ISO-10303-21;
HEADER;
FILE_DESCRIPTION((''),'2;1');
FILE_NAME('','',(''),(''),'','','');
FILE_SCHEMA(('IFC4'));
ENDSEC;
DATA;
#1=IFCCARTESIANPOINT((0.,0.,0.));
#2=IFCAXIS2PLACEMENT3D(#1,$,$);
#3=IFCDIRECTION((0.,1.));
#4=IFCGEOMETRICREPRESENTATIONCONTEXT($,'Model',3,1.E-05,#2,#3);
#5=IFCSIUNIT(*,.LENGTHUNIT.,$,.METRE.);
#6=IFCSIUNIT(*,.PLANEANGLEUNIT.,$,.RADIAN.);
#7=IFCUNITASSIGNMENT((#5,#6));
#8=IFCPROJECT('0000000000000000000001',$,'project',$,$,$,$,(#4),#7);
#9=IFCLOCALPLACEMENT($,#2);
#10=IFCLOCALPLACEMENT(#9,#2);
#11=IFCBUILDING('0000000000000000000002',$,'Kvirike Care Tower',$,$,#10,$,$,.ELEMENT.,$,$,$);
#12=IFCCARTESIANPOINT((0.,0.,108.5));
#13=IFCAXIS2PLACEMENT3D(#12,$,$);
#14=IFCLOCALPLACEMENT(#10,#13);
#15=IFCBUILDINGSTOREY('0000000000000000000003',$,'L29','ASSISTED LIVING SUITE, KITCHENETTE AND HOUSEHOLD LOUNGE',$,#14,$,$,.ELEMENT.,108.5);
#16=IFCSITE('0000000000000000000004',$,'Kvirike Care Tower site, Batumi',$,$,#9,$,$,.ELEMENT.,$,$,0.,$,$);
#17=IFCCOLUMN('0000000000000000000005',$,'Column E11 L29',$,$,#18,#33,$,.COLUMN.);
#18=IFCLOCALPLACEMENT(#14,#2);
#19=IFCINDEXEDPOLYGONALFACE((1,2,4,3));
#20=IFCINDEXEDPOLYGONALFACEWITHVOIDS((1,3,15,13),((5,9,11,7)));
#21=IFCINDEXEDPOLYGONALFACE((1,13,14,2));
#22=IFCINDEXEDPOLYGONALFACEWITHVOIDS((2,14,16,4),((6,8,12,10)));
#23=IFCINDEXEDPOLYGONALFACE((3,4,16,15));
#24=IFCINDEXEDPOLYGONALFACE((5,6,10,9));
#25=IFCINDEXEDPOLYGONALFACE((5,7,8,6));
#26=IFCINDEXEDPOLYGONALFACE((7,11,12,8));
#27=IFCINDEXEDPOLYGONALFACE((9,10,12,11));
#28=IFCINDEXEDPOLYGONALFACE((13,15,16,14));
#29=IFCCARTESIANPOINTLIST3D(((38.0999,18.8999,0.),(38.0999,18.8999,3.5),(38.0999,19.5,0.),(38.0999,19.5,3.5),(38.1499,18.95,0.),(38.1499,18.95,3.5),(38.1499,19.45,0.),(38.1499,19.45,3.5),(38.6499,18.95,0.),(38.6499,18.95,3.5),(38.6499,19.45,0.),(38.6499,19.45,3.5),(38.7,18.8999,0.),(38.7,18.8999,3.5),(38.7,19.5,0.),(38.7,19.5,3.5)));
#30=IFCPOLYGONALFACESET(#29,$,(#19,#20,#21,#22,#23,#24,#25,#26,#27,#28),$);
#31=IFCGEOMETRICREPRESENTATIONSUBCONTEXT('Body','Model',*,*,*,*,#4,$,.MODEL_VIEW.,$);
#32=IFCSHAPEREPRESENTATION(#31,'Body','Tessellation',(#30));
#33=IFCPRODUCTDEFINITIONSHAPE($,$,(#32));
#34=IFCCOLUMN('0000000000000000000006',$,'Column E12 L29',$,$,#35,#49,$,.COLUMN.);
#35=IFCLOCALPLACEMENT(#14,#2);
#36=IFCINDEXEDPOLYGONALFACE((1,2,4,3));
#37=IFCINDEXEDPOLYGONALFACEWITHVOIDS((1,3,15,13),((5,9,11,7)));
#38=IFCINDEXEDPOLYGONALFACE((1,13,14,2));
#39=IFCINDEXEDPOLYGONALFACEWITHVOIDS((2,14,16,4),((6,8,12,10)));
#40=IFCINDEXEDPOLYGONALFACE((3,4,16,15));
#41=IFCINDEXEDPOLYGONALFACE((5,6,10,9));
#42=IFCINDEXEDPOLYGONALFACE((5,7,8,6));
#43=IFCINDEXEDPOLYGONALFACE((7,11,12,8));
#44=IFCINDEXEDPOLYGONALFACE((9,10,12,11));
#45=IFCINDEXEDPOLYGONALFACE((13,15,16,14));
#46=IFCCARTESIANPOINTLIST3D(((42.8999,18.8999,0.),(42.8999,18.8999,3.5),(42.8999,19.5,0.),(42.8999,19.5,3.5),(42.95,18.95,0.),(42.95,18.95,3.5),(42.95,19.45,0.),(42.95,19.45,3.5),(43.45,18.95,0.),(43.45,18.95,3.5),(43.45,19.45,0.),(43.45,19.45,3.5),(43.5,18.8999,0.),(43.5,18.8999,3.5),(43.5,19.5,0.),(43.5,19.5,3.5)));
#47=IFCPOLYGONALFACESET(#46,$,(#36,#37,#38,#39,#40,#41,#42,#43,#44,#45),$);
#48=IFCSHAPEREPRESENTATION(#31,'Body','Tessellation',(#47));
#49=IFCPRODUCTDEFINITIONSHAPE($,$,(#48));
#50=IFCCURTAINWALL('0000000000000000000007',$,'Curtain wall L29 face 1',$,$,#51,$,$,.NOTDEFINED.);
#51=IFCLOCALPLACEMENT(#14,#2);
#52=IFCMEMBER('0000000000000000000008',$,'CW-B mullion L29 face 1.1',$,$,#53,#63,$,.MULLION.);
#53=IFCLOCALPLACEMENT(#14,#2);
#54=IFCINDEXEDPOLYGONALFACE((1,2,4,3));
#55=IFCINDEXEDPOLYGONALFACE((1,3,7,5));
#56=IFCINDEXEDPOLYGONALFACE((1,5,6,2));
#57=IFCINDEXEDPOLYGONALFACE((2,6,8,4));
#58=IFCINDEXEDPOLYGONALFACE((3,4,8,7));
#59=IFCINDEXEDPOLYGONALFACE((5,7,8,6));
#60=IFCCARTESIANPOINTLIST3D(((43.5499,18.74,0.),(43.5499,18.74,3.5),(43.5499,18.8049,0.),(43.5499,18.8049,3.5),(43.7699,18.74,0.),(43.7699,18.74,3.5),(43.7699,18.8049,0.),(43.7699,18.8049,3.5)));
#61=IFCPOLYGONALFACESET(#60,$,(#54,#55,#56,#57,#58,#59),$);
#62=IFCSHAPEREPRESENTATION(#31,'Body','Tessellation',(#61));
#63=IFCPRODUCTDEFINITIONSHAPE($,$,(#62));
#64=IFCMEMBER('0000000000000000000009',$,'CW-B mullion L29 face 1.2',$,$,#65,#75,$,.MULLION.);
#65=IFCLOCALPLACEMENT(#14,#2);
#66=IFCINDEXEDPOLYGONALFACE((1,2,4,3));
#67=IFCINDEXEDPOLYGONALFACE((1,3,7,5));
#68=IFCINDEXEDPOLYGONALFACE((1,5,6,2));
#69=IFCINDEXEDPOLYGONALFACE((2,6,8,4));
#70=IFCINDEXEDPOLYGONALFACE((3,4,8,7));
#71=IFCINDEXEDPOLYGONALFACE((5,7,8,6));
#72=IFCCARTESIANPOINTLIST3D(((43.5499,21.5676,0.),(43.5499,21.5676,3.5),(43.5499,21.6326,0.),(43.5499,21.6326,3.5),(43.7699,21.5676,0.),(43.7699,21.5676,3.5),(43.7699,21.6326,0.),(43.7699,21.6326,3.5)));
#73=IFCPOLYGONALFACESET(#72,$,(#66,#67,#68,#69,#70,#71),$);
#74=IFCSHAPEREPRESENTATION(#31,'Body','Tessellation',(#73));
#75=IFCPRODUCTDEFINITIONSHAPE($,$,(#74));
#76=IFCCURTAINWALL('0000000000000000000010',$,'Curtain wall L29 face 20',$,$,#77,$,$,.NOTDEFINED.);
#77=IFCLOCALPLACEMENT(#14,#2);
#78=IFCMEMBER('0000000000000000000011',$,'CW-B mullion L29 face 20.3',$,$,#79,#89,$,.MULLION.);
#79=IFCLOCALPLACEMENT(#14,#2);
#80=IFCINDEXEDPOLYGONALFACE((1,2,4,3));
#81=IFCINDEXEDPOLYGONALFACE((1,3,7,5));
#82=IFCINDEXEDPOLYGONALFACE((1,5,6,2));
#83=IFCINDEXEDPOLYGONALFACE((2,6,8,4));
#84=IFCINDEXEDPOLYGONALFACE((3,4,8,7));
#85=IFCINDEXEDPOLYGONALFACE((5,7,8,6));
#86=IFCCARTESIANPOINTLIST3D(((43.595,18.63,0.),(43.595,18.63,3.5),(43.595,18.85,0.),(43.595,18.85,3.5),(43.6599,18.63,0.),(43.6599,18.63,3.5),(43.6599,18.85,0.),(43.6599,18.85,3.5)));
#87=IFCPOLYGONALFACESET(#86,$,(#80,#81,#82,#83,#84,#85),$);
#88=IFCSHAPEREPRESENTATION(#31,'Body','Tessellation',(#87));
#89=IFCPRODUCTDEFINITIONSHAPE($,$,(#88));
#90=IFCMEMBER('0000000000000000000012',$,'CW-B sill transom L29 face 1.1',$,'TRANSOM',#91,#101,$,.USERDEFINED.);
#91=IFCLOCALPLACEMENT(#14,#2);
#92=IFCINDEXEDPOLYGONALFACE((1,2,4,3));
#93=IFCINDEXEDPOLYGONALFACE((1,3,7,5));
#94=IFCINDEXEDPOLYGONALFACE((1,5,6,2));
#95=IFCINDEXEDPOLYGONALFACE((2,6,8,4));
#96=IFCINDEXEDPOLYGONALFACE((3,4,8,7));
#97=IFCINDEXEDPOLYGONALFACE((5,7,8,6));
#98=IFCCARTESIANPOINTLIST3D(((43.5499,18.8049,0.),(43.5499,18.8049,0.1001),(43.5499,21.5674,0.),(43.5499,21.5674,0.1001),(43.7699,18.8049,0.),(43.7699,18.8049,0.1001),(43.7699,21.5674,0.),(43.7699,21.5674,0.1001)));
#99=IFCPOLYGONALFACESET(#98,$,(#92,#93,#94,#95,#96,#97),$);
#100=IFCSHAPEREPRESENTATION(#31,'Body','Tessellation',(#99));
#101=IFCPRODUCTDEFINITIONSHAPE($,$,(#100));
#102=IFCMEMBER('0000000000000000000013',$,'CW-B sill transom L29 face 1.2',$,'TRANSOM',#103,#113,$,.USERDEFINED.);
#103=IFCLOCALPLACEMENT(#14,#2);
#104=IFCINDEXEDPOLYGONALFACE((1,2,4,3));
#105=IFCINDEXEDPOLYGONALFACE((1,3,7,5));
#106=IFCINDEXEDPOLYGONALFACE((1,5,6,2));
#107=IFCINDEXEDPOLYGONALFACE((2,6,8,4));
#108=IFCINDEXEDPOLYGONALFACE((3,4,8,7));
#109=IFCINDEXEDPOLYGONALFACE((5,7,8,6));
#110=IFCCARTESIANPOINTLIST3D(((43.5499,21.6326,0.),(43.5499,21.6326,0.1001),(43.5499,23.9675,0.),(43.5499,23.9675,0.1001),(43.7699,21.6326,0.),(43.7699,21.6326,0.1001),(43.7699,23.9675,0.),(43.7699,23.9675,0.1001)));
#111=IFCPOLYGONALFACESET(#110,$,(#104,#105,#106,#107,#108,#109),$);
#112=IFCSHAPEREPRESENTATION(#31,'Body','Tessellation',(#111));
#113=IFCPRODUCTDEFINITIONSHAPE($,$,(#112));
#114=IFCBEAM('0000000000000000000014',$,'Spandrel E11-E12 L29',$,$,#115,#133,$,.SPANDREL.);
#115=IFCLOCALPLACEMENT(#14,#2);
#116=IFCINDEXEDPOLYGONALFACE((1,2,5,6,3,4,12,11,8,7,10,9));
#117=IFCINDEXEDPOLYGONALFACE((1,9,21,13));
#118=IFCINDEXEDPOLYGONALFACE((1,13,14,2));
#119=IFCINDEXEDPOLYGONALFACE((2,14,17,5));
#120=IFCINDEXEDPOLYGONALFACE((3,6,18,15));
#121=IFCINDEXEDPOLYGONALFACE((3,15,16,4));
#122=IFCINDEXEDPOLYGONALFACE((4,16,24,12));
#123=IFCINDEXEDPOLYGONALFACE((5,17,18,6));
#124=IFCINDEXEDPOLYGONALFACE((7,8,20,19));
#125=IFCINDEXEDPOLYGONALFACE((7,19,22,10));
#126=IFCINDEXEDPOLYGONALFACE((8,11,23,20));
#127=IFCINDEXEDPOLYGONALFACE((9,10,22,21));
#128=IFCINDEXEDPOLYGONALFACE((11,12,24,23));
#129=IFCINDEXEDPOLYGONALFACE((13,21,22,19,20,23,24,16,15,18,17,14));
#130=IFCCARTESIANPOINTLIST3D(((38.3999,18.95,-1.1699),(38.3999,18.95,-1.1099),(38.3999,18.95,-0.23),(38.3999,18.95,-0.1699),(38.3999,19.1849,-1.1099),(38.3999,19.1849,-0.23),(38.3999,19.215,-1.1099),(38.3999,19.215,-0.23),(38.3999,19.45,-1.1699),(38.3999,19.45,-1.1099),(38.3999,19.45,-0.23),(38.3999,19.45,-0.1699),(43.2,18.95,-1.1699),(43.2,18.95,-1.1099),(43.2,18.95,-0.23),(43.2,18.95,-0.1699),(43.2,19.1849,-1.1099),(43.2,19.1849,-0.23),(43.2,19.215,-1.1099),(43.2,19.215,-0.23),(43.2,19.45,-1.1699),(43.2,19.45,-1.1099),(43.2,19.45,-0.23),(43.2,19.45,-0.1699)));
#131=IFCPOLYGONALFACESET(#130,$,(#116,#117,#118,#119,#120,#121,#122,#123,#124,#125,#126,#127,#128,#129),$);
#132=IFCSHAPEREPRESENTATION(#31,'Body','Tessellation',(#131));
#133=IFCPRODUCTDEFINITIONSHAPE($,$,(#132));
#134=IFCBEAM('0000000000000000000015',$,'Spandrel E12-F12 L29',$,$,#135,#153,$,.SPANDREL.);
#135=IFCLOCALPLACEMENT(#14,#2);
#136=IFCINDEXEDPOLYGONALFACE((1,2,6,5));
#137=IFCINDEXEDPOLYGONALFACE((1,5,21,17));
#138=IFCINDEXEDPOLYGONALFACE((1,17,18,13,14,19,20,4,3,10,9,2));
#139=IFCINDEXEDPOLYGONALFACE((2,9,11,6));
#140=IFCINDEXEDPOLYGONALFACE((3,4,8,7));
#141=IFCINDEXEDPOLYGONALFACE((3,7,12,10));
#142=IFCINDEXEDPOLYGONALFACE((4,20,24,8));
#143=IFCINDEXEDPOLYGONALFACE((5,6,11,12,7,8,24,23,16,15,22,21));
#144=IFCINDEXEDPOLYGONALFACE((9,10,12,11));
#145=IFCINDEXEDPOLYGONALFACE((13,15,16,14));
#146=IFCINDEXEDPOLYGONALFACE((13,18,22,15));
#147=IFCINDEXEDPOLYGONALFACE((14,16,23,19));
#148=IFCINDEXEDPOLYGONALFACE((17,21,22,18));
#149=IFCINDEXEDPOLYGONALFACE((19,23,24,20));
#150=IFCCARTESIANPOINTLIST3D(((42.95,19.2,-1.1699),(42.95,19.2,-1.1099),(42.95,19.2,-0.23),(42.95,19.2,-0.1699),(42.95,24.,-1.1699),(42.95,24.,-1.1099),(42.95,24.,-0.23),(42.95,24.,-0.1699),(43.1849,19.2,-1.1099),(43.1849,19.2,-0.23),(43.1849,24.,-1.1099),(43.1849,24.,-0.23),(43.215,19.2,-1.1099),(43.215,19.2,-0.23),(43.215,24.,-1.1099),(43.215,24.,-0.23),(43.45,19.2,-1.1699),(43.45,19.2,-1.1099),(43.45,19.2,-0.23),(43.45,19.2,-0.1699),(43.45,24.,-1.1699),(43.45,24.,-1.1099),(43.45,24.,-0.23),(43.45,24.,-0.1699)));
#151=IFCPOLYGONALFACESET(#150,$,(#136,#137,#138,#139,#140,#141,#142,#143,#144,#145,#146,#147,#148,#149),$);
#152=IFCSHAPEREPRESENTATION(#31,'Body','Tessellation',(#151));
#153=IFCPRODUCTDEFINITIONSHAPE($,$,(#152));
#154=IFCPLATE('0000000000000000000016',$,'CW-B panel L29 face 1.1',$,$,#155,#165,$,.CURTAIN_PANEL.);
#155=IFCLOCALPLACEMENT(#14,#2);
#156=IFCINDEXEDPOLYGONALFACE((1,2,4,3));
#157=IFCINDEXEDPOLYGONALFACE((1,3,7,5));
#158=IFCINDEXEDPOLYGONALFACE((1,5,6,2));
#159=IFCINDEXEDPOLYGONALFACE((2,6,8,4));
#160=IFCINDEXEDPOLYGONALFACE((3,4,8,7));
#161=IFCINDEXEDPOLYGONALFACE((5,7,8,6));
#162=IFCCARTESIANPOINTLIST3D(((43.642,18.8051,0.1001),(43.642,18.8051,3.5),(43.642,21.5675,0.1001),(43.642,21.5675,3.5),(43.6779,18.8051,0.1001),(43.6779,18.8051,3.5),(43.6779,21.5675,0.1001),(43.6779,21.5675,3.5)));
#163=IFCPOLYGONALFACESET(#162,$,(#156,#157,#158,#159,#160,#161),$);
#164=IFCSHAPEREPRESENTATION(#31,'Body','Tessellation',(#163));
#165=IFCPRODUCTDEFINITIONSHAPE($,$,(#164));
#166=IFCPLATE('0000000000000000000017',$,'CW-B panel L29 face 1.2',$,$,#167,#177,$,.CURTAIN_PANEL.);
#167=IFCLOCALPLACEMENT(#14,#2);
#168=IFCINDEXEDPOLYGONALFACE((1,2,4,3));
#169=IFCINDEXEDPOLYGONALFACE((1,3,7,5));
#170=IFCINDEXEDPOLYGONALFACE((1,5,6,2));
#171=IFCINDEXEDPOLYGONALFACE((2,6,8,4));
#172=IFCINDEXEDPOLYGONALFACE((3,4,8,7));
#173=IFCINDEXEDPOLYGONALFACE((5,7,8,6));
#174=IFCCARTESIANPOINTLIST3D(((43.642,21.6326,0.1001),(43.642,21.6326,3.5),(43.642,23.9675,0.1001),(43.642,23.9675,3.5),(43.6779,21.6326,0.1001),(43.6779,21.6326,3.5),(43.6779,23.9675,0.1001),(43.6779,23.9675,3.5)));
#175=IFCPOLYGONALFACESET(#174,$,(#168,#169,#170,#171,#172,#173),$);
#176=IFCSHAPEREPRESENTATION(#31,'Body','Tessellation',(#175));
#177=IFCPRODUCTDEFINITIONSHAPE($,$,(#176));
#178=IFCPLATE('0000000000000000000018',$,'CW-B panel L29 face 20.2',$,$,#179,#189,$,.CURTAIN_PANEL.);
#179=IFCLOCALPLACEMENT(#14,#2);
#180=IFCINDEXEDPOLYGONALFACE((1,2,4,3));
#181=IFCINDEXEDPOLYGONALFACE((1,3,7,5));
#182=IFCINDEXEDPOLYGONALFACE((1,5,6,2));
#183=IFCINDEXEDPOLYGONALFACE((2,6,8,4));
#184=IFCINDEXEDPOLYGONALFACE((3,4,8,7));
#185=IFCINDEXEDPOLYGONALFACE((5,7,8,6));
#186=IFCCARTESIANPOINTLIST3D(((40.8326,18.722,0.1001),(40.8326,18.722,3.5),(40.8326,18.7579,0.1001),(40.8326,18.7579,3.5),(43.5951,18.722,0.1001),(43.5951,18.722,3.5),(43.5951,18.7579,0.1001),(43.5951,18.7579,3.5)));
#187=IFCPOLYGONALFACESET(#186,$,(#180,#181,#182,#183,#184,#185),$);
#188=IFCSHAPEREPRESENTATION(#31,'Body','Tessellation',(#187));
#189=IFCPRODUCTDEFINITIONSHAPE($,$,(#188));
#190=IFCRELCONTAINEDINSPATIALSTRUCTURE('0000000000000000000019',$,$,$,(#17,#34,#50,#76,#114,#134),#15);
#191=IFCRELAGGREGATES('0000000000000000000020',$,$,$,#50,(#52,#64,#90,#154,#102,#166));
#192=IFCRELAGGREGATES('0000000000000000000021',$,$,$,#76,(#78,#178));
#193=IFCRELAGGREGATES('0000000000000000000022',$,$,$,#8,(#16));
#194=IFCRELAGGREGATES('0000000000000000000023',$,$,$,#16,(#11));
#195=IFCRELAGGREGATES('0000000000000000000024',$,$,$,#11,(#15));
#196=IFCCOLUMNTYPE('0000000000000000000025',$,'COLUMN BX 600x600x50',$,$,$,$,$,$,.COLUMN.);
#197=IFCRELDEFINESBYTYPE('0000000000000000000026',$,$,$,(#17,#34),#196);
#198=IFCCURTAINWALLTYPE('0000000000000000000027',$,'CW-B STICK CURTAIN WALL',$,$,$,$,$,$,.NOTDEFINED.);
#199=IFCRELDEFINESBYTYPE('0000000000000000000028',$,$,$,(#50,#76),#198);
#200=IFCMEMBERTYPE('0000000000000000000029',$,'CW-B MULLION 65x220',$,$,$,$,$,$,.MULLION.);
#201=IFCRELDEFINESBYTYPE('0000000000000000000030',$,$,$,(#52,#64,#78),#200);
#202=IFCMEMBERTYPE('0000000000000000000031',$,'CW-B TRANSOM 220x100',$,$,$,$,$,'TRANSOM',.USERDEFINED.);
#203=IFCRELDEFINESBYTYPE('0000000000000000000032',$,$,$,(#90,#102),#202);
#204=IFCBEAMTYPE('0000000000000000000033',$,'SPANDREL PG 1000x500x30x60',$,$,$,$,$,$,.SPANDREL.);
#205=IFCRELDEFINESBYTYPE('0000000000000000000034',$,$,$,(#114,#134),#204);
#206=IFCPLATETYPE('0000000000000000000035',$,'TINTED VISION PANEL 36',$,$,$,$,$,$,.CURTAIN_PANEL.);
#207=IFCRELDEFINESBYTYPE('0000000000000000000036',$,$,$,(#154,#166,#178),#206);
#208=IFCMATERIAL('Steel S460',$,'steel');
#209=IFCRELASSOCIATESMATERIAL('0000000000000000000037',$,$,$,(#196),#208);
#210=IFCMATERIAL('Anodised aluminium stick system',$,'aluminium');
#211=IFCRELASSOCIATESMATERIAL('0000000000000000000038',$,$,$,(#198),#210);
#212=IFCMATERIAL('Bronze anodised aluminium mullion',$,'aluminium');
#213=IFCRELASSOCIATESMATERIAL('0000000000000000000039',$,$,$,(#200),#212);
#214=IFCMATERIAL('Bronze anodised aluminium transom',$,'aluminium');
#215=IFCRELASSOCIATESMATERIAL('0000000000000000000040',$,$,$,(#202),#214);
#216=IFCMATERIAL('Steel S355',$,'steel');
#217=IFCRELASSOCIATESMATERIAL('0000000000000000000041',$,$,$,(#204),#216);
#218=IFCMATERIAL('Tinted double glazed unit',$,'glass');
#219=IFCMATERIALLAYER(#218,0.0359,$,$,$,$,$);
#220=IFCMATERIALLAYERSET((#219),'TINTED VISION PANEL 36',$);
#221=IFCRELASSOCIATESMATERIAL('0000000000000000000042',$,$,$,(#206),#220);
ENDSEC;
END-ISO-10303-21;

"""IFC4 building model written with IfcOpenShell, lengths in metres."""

from ifc_helpers import new_model, si_unit, direction, frame, origin, origin_2d, place, context, subcontext, project, spatial, rectangle, hollow_rectangle, i_section, extrude, material, layer, layer_set, material_profile, profile_set, type_object, element, aggregate, save


model = new_model("IFC4")

# Units and contexts
model_context = context("Model", 3, precision=1e-05, world=origin(), true_north=direction((0.0, 1.0)))
body_context = subcontext(model_context, "Body", "Model", "MODEL_VIEW")
ifc_project = project(units=[si_unit("LENGTHUNIT", "METRE"), si_unit("PLANEANGLEUNIT", "RADIAN")], contexts=[model_context])

# Site, building, storey
site_placement = place(None, origin())
site = spatial("IfcSite", under=ifc_project, at=site_placement, Name="Kvirike Care Tower site, Batumi", CompositionType="ELEMENT", RefElevation=0.0)
building_placement = place(site_placement, origin())
building = spatial("IfcBuilding", under=site, at=building_placement, Name="Kvirike Care Tower", CompositionType="ELEMENT")
storey_placement = place(building_placement, frame((0.0, 0.0, 108.5)))
storey = spatial("IfcBuildingStorey", under=building, at=storey_placement, Name="L29", Description="ASSISTED LIVING SUITE, KITCHENETTE AND HOUSEHOLD LOUNGE", CompositionType="ELEMENT", Elevation=108.5)

# Columns
ifc_material_1 = material(Name="Steel S460", Category="steel")
ifc_material_profile_1 = material_profile(ifc_material_1, hollow_rectangle(XDim=0.6001, YDim=0.6001, WallThickness=0.05, at=origin_2d()), Name="BX 600x600x50")
ifc_profile_set_1 = profile_set([ifc_material_profile_1], Name="Steel S460")
column_type = type_object("IfcColumnType", Name="COLUMN BX 600x600x50", PredefinedType="COLUMN", material=ifc_profile_set_1)
for number, where, z_axis, x_axis, name in (
    (1, (38.3999, 19.2, 0.0), (0.0, 0.0, 1.0), (0.0, 1.0, 0.0), "Column E11 L29"),
    (2, (43.2, 19.2, 0.0), (0.0, 0.0, 1.0), (0.0, 1.0, 0.0), "Column E12 L29"),
):
    element("IfcColumn", number, at=place(storey_placement, frame(where, z_axis=z_axis, x_axis=x_axis)), inside=storey, type_object=column_type, Name=name, PredefinedType="COLUMN", context=body_context, shape_type="SweptSolid", body=[
        extrude(hollow_rectangle(XDim=0.6001, YDim=0.6001, WallThickness=0.05, at=origin_2d()), origin(), (0.0, 0.0, 1.0), 3.5),
    ])

# Curtain wall, members
ifc_material_2 = material(Name="Anodised aluminium stick system", Category="aluminium")
curtain_wall_type = type_object("IfcCurtainWallType", Name="CW-B STICK CURTAIN WALL", PredefinedType="NOTDEFINED", material=ifc_material_2)
curtain_wall_1_placement = place(storey_placement, origin())
curtain_wall_1 = element("IfcCurtainWall", 3, at=curtain_wall_1_placement, inside=storey, type_object=curtain_wall_type, Name="Curtain wall L29 face 1", PredefinedType="NOTDEFINED")
ifc_material_3 = material(Name="Bronze anodised aluminium mullion", Category="aluminium")
ifc_material_profile_2 = material_profile(ifc_material_3, rectangle(XDim=0.0649, YDim=0.22, at=origin_2d()), Name="CW-B MULLION 65x220")
ifc_profile_set_2 = profile_set([ifc_material_profile_2], Name="Bronze anodised aluminium mullion")
member_type_1 = type_object("IfcMemberType", Name="CW-B MULLION 65x220", PredefinedType="MULLION", material=ifc_profile_set_2)
member_1_placement = place(storey_placement, frame((43.6599, 18.7725, 0.0), z_axis=(0.0, 0.0, 1.0), x_axis=(0.0, 1.0, 0.0)))
member_1 = element("IfcMember", 4, at=member_1_placement, type_object=member_type_1, Name="CW-B mullion L29 face 1.1", PredefinedType="MULLION", context=body_context, shape_type="SweptSolid", body=[
    extrude(rectangle(XDim=0.0649, YDim=0.22, at=origin_2d()), origin(), (0.0, 0.0, 1.0), 3.5),
])
member_2_placement = place(storey_placement, frame((43.6599, 21.6001, 0.0), z_axis=(0.0, 0.0, 1.0), x_axis=(0.0, 1.0, 0.0)))
member_2 = element("IfcMember", 5, at=member_2_placement, type_object=member_type_1, Name="CW-B mullion L29 face 1.2", PredefinedType="MULLION", context=body_context, shape_type="SweptSolid", body=[
    extrude(rectangle(XDim=0.0649, YDim=0.22, at=origin_2d()), origin(), (0.0, 0.0, 1.0), 3.5),
])

# Curtain wall, member
curtain_wall_2_placement = place(storey_placement, origin())
curtain_wall_2 = element("IfcCurtainWall", 6, at=curtain_wall_2_placement, inside=storey, type_object=curtain_wall_type, Name="Curtain wall L29 face 20", PredefinedType="NOTDEFINED")
member_3_placement = place(storey_placement, frame((43.6274, 18.74, 0.0), z_axis=(0.0, 0.0, 1.0), x_axis=(1.0, 0.0, 0.0)))
member_3 = element("IfcMember", 7, at=member_3_placement, type_object=member_type_1, Name="CW-B mullion L29 face 20.3", PredefinedType="MULLION", context=body_context, shape_type="SweptSolid", body=[
    extrude(rectangle(XDim=0.0649, YDim=0.22, at=origin_2d()), origin(), (0.0, 0.0, 1.0), 3.5),
])

# Members
ifc_material_4 = material(Name="Bronze anodised aluminium transom", Category="aluminium")
ifc_material_profile_3 = material_profile(ifc_material_4, rectangle(XDim=0.22, YDim=0.1001, at=origin_2d()), Name="CW-B TRANSOM 220x100")
ifc_profile_set_3 = profile_set([ifc_material_profile_3], Name="Bronze anodised aluminium transom")
member_type_2 = type_object("IfcMemberType", Name="CW-B TRANSOM 220x100", ElementType="TRANSOM", PredefinedType="USERDEFINED", material=ifc_profile_set_3)
member_4_placement = place(storey_placement, frame((43.6599, 18.8049, 0.05), z_axis=(0.0, 1.0, 0.0), x_axis=(-1.0, 0.0, 0.0)))
member_4 = element("IfcMember", 8, at=member_4_placement, type_object=member_type_2, Name="CW-B sill transom L29 face 1.1", ObjectType="TRANSOM", PredefinedType="USERDEFINED", context=body_context, shape_type="SweptSolid", body=[
    extrude(rectangle(XDim=0.22, YDim=0.1001, at=origin_2d()), origin(), (0.0, 0.0, 1.0), 2.7625),
])
member_5_placement = place(storey_placement, frame((43.6599, 21.6326, 0.05), z_axis=(0.0, 1.0, 0.0), x_axis=(-1.0, 0.0, 0.0)))
member_5 = element("IfcMember", 9, at=member_5_placement, type_object=member_type_2, Name="CW-B sill transom L29 face 1.2", ObjectType="TRANSOM", PredefinedType="USERDEFINED", context=body_context, shape_type="SweptSolid", body=[
    extrude(rectangle(XDim=0.22, YDim=0.1001, at=origin_2d()), origin(), (0.0, 0.0, 1.0), 2.335),
])

# Beams
ifc_material_5 = material(Name="Steel S355", Category="steel")
ifc_material_profile_4 = material_profile(ifc_material_5, i_section(OverallWidth=0.5, OverallDepth=1.0, WebThickness=0.03, FlangeThickness=0.0601, at=origin_2d()), Name="PG 1000x500x30x60")
ifc_profile_set_4 = profile_set([ifc_material_profile_4], Name="Steel S355")
beam_type = type_object("IfcBeamType", Name="SPANDREL PG 1000x500x30x60", PredefinedType="SPANDREL", material=ifc_profile_set_4)
for number, where, z_axis, x_axis, name in (
    (10, (38.3999, 19.2, -0.6699), (1.0, 0.0, 0.0), (0.0, 1.0, 0.0), "Spandrel E11-E12 L29"),
    (11, (43.2, 19.2, -0.6699), (0.0, 1.0, 0.0), (-1.0, 0.0, 0.0), "Spandrel E12-F12 L29"),
):
    element("IfcBeam", number, at=place(storey_placement, frame(where, z_axis=z_axis, x_axis=x_axis)), inside=storey, type_object=beam_type, Name=name, PredefinedType="SPANDREL", context=body_context, shape_type="SweptSolid", body=[
        extrude(i_section(OverallWidth=0.5, OverallDepth=1.0, WebThickness=0.03, FlangeThickness=0.0601, at=origin_2d()), origin(), (0.0, 0.0, 1.0), 4.8),
    ])

# Plates
ifc_material_6 = material(Name="Tinted double glazed unit", Category="glass")
ifc_layer_1 = layer(ifc_material_6, 0.0359)
ifc_layer_set_1 = layer_set([ifc_layer_1], Name="TINTED VISION PANEL 36")
plate_type = type_object("IfcPlateType", Name="TINTED VISION PANEL 36", PredefinedType="CURTAIN_PANEL", material=ifc_layer_set_1)
plate_1_placement = place(storey_placement, frame((43.6599, 20.1863, 0.1001), z_axis=(0.0, 0.0, 1.0), x_axis=(0.0, 1.0, 0.0)))
plate_1 = element("IfcPlate", 12, at=plate_1_placement, type_object=plate_type, Name="CW-B panel L29 face 1.1", PredefinedType="CURTAIN_PANEL", context=body_context, shape_type="SweptSolid", body=[
    extrude(rectangle(XDim=2.7625, YDim=0.0359, at=origin_2d()), origin(), (0.0, 0.0, 1.0), 3.3999),
])
plate_2_placement = place(storey_placement, frame((43.6599, 22.8, 0.1001), z_axis=(0.0, 0.0, 1.0), x_axis=(0.0, 1.0, 0.0)))
plate_2 = element("IfcPlate", 13, at=plate_2_placement, type_object=plate_type, Name="CW-B panel L29 face 1.2", PredefinedType="CURTAIN_PANEL", context=body_context, shape_type="SweptSolid", body=[
    extrude(rectangle(XDim=2.335, YDim=0.0359, at=origin_2d()), origin(), (0.0, 0.0, 1.0), 3.3999),
])
aggregate(curtain_wall_1, [member_1, member_2, member_4, plate_1, member_5, plate_2])
plate_3_placement = place(storey_placement, frame((42.2139, 18.74, 0.1001), z_axis=(0.0, 0.0, 1.0), x_axis=(1.0, 0.0, 0.0)))
plate_3 = element("IfcPlate", 14, at=plate_3_placement, type_object=plate_type, Name="CW-B panel L29 face 20.2", PredefinedType="CURTAIN_PANEL", context=body_context, shape_type="SweptSolid", body=[
    extrude(rectangle(XDim=2.7625, YDim=0.0359, at=origin_2d()), origin(), (0.0, 0.0, 1.0), 3.3999),
])
aggregate(curtain_wall_2, [member_3, plate_3])

save(model, "model.ifc")
